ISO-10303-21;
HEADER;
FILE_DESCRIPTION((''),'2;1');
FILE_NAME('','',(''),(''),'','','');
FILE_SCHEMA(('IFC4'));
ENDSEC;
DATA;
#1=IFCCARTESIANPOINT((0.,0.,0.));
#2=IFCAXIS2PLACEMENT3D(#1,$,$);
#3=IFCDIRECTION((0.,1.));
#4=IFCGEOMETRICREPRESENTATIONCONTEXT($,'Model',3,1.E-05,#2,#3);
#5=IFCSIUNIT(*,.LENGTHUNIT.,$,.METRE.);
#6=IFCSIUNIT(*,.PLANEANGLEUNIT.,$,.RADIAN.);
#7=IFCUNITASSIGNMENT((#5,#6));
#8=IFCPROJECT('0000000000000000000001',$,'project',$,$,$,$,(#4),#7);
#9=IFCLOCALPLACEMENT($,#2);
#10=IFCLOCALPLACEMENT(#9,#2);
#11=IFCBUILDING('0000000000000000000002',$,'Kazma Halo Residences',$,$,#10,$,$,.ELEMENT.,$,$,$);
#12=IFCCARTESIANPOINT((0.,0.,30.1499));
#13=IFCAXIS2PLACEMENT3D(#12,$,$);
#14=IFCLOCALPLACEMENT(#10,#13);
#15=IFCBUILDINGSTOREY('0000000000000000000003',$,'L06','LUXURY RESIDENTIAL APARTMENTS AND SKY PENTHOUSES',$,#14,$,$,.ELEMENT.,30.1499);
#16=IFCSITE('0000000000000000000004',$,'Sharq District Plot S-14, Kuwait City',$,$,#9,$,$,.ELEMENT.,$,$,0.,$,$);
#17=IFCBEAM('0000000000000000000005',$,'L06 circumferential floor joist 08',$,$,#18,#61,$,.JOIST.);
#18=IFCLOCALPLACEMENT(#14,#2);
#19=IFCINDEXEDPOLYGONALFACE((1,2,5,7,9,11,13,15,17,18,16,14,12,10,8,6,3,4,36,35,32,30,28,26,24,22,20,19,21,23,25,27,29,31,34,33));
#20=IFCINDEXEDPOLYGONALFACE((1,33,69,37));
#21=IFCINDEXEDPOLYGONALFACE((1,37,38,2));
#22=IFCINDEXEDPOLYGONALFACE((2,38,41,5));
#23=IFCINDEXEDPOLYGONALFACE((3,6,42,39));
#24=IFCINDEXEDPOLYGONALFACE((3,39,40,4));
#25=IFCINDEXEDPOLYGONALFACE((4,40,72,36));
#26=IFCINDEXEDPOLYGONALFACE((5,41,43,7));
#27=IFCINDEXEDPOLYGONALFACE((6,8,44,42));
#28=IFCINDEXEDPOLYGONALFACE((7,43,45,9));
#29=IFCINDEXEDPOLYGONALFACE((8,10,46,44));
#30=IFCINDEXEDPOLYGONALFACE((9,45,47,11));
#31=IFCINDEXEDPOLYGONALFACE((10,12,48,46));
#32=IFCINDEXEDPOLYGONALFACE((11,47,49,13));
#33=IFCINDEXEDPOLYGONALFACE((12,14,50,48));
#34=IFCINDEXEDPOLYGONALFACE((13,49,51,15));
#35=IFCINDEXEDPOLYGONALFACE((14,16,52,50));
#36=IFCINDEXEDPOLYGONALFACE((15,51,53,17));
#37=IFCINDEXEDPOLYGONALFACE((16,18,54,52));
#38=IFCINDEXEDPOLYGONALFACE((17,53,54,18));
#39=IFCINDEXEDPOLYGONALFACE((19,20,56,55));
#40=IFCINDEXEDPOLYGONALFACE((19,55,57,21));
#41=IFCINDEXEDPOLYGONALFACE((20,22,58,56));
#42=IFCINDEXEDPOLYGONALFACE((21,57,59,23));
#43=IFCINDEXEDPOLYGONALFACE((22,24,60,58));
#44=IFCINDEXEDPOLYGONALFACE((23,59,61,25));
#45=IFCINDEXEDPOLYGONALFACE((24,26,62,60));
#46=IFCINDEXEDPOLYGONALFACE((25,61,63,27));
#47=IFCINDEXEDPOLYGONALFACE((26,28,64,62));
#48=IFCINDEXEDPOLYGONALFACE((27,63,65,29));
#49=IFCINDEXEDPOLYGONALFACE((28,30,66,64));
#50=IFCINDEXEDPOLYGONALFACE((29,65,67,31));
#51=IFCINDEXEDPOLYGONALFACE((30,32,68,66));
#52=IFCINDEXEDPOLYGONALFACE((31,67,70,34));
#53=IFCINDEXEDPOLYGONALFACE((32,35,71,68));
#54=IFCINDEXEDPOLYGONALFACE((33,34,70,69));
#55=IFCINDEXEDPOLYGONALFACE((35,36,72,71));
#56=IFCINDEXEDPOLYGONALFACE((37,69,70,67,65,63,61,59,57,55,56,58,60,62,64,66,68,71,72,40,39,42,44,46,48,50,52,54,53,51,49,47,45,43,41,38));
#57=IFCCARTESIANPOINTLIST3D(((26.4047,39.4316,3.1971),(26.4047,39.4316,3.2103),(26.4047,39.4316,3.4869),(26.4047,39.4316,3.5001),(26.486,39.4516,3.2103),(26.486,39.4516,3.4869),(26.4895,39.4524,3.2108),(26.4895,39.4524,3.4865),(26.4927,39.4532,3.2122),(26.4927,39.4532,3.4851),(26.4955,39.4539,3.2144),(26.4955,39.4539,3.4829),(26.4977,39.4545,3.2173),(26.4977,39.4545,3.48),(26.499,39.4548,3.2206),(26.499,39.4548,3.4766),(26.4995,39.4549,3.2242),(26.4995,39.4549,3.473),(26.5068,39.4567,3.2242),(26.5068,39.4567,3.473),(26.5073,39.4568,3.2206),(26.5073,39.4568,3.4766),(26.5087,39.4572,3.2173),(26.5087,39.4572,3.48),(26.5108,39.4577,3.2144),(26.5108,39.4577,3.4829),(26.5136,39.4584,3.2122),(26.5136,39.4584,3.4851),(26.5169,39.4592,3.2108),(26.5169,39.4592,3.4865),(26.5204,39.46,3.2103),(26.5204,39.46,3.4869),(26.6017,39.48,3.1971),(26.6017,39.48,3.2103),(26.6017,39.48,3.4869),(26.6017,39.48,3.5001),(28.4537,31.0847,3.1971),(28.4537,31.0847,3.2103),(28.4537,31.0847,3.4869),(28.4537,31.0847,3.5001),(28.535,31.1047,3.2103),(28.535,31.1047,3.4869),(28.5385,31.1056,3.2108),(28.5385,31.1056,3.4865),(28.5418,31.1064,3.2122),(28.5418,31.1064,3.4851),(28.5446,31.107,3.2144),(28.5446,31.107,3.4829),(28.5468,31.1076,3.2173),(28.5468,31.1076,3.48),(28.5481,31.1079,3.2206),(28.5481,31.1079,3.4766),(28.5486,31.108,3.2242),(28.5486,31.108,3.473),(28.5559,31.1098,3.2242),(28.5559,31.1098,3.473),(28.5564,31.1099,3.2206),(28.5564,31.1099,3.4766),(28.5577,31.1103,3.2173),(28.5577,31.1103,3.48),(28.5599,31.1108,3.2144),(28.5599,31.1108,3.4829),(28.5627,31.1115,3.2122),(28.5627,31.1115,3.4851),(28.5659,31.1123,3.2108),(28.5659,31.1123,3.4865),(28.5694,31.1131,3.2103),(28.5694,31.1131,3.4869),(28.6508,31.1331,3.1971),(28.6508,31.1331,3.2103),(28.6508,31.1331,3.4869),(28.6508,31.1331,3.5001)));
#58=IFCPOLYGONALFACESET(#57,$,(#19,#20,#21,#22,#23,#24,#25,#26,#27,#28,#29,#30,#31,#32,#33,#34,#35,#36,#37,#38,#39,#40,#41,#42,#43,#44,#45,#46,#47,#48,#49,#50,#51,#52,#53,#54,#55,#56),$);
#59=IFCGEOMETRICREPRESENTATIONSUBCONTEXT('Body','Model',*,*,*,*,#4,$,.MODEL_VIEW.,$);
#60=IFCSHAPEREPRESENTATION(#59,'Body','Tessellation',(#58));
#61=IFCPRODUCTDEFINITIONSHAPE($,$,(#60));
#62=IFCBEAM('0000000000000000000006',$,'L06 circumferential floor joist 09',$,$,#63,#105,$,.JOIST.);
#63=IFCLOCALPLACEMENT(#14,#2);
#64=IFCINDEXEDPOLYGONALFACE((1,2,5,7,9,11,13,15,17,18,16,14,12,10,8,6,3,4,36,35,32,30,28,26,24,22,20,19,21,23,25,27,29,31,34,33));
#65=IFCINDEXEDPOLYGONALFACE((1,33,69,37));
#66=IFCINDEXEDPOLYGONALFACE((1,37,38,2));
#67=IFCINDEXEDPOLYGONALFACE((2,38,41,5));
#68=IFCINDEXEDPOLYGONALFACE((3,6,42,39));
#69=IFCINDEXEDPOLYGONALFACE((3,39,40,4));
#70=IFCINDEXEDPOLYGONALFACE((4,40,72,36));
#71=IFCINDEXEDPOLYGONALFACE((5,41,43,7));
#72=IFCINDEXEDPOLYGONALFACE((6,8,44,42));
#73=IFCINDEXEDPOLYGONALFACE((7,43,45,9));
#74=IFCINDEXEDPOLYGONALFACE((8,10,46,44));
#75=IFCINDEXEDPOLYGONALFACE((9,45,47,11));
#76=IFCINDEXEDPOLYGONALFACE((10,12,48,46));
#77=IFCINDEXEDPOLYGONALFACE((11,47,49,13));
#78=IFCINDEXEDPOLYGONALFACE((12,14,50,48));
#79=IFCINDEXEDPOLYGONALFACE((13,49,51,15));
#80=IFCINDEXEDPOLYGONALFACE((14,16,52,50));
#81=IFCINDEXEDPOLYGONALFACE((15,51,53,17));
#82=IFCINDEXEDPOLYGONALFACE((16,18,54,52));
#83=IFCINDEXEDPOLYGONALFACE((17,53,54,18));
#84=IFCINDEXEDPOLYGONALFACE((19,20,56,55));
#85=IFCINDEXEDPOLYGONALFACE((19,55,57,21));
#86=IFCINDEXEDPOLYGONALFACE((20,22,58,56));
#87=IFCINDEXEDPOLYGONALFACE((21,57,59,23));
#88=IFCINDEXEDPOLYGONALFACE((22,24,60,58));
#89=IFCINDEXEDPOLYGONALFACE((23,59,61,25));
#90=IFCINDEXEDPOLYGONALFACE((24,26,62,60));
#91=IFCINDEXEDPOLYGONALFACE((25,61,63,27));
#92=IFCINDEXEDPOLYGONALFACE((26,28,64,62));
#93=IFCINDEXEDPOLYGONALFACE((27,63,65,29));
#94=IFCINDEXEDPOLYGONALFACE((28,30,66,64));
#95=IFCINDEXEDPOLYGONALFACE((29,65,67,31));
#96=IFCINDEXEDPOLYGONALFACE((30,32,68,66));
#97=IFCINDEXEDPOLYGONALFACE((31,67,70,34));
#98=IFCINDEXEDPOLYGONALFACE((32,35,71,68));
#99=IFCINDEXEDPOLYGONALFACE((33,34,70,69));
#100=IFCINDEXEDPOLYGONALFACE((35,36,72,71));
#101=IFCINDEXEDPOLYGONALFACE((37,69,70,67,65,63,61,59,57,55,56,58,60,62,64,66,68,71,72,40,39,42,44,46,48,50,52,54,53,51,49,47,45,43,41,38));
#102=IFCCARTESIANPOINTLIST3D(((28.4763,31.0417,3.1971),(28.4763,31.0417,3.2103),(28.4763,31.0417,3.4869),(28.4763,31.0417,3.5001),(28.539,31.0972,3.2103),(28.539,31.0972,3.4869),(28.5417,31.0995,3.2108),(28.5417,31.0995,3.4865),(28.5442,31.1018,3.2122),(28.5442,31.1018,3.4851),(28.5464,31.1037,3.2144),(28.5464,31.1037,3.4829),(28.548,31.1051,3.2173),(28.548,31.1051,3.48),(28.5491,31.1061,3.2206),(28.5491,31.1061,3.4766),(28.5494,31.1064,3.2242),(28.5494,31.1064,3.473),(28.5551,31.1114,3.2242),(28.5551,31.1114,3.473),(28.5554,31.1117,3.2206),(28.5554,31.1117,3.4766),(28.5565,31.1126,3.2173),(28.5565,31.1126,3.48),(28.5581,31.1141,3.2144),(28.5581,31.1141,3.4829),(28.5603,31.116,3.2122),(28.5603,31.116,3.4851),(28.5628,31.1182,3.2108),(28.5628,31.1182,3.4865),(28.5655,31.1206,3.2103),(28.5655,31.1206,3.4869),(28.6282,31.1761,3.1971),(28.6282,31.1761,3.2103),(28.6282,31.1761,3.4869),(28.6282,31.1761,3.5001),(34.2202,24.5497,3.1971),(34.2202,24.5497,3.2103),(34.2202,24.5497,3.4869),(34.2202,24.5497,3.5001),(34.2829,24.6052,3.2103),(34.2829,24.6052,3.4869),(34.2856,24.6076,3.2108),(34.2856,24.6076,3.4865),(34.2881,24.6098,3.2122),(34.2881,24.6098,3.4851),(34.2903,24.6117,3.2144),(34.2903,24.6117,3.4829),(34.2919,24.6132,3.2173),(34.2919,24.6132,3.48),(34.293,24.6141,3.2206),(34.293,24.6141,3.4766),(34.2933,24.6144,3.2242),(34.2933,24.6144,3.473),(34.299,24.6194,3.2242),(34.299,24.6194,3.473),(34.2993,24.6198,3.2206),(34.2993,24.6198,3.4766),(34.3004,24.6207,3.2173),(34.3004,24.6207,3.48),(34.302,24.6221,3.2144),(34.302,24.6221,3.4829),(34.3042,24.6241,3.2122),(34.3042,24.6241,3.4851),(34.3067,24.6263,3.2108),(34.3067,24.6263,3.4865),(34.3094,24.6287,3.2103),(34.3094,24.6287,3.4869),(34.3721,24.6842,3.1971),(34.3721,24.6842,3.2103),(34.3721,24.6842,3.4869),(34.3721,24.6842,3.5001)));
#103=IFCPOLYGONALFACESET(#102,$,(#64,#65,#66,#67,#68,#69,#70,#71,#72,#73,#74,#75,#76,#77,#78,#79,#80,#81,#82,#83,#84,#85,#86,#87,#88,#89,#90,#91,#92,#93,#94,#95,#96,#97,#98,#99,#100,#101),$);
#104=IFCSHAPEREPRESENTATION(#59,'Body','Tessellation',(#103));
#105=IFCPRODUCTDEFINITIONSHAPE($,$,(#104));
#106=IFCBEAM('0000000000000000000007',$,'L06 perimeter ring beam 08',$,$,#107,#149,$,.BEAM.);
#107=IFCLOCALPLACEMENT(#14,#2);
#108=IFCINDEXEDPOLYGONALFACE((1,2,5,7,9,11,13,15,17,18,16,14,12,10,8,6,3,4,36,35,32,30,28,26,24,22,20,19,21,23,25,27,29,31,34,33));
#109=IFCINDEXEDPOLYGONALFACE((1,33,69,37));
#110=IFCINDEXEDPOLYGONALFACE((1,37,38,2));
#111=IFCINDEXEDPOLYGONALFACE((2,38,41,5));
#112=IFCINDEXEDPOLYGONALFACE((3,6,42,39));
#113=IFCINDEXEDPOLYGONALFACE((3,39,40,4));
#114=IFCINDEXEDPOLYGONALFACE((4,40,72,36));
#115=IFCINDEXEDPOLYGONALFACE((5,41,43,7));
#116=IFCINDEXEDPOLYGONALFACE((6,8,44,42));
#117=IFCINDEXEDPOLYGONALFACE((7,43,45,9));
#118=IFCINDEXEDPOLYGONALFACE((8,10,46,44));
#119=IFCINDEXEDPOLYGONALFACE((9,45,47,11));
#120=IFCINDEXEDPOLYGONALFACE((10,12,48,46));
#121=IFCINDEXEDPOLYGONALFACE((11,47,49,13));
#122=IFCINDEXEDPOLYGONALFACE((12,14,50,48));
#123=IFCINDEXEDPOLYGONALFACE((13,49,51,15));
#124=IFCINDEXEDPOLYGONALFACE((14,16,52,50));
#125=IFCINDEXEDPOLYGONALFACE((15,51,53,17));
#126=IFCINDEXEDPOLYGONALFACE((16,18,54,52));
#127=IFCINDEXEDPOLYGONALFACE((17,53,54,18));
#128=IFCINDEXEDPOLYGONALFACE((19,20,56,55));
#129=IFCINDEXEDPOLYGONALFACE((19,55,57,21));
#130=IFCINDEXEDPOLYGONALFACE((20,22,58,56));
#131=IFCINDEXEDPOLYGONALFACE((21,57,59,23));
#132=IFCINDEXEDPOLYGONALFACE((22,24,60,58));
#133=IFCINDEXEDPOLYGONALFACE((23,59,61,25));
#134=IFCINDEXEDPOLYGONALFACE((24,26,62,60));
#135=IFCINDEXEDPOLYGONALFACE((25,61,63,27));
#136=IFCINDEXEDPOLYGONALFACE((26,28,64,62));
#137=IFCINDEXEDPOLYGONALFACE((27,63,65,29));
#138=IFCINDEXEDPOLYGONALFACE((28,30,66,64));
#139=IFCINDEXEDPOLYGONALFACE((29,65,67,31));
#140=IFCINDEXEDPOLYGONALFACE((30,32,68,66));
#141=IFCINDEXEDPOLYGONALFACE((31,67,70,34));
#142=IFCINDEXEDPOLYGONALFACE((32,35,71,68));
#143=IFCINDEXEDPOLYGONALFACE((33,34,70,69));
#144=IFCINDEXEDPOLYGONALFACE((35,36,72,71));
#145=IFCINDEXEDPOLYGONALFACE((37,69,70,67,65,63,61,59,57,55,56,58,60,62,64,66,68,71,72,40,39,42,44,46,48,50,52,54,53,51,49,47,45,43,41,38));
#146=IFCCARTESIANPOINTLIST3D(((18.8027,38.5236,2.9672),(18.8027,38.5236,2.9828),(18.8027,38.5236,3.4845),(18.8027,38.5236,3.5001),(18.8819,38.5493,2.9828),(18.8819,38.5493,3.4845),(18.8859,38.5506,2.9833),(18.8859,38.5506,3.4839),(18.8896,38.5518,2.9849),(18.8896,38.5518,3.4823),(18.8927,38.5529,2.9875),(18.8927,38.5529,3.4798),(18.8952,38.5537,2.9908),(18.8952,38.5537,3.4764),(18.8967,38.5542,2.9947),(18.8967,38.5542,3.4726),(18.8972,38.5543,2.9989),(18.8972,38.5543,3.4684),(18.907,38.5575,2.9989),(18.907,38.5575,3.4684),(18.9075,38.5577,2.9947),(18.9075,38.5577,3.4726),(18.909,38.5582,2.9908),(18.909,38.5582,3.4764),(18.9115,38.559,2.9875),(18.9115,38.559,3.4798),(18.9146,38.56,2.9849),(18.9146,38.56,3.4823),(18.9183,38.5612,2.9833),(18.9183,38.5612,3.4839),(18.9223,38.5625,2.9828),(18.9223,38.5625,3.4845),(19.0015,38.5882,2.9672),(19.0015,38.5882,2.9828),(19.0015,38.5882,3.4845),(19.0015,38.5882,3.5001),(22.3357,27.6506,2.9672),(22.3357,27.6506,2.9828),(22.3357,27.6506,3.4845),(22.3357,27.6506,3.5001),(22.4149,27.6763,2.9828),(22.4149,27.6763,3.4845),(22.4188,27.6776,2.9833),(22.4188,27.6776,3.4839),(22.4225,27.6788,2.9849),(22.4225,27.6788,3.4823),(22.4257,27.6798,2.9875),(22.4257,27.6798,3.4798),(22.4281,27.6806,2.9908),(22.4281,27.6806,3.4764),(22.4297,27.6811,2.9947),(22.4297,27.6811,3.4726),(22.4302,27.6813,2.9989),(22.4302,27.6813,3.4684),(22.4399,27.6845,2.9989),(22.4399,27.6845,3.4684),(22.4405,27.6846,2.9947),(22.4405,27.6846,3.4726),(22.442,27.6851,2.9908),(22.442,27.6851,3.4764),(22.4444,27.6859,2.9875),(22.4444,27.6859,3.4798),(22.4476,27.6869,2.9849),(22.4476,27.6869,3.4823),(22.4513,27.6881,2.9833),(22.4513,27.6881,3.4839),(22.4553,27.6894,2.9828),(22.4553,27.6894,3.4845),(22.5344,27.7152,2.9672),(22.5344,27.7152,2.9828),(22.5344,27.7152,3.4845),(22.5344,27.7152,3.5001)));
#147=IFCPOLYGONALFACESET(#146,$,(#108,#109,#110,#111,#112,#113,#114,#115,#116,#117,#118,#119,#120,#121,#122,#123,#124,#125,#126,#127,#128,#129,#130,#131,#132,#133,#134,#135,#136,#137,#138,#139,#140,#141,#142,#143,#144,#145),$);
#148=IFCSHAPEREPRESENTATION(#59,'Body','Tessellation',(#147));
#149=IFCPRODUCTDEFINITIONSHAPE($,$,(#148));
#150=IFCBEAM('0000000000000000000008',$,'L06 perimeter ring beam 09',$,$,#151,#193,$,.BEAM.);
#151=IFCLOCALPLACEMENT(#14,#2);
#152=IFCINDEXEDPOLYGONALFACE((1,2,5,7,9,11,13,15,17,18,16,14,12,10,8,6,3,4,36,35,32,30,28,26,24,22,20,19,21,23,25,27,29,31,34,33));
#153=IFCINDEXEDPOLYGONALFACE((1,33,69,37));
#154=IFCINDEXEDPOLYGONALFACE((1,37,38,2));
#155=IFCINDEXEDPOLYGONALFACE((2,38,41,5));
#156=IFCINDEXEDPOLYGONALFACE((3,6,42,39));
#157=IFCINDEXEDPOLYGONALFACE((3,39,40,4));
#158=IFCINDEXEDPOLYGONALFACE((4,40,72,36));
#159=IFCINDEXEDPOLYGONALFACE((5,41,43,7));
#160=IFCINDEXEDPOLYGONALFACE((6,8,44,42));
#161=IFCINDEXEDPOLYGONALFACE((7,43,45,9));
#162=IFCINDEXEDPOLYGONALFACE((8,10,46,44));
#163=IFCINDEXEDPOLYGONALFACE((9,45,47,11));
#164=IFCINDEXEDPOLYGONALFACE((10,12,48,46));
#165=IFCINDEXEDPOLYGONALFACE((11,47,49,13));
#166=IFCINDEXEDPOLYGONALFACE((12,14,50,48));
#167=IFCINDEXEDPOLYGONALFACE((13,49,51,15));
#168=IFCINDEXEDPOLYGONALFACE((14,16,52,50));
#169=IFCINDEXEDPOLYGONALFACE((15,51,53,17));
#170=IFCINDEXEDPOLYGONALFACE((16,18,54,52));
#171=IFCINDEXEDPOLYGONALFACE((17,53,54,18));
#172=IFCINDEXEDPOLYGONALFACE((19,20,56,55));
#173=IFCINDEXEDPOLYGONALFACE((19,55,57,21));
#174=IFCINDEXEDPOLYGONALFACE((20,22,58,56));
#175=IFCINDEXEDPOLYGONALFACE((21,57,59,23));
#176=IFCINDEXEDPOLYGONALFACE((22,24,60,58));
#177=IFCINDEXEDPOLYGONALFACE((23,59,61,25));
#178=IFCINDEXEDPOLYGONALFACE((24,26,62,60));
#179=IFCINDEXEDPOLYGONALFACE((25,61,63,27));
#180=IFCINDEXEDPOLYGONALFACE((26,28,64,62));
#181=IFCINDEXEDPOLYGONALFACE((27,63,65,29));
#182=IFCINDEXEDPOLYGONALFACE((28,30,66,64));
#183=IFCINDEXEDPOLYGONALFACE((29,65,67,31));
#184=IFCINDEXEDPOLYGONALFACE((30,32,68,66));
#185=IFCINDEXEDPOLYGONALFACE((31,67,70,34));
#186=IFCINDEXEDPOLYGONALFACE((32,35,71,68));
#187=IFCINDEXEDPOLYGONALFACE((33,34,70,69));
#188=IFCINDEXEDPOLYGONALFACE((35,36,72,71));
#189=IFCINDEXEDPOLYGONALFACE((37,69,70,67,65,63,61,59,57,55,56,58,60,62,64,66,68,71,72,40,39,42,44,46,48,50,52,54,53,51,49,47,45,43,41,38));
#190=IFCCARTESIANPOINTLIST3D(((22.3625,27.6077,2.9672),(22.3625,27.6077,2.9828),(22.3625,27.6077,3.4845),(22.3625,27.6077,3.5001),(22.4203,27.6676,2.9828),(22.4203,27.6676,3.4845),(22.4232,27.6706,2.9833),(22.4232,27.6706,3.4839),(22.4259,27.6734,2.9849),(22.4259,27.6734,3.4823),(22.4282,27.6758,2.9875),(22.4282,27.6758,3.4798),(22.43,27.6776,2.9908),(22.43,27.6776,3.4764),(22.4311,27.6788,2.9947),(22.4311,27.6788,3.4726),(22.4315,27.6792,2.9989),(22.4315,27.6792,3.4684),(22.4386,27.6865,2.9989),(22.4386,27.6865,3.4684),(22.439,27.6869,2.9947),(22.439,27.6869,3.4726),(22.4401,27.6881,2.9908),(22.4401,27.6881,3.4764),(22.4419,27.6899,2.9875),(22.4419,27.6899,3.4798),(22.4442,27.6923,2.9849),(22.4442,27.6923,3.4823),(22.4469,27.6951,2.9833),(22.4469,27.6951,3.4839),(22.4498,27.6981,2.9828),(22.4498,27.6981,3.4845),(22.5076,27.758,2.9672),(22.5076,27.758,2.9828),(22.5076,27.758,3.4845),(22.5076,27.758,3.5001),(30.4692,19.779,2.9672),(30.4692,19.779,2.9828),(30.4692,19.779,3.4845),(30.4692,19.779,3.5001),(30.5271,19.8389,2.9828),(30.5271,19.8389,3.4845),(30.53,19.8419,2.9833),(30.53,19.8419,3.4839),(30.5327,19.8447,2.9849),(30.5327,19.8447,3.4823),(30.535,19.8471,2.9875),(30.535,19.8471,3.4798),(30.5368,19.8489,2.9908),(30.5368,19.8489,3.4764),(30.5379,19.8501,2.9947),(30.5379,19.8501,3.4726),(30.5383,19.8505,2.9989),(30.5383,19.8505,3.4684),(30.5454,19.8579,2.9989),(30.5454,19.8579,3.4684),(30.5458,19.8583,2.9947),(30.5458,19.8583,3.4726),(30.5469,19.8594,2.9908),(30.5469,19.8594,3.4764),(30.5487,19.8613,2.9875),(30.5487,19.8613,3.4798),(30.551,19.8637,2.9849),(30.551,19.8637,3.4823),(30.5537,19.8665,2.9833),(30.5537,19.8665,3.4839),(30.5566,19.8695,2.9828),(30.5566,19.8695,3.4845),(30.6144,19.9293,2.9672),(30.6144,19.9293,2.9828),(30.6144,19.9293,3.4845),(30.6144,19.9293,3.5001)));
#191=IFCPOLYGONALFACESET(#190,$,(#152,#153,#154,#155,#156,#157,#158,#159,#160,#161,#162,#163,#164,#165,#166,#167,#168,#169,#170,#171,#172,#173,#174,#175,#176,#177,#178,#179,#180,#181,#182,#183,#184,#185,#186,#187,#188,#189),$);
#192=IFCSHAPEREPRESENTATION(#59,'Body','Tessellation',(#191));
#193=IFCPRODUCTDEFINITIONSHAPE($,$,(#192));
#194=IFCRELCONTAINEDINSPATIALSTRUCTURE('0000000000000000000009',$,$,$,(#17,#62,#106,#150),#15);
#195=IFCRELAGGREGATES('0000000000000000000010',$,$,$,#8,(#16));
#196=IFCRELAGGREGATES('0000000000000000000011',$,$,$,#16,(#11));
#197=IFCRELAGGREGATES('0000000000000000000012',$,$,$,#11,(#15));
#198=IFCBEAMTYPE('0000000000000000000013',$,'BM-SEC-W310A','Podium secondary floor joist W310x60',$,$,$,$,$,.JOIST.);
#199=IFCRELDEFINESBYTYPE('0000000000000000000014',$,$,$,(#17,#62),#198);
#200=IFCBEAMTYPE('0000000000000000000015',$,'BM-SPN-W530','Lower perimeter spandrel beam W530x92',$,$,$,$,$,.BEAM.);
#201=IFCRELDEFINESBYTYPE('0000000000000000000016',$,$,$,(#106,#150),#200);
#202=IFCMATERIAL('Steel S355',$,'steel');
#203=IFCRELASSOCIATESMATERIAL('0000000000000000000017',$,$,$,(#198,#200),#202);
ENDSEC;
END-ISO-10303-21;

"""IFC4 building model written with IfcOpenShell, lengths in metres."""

from ifc_helpers import new_model, si_unit, direction, frame, origin, origin_2d, place, context, subcontext, project, spatial, i_section, extrude, material, material_profile, profile_set, type_object, element, save


model = new_model("IFC4")

# Units and contexts
model_context = context("Model", 3, precision=1e-05, world=origin(), true_north=direction((0.0, 1.0)))
body_context = subcontext(model_context, "Body", "Model", "MODEL_VIEW")
ifc_project = project(units=[si_unit("LENGTHUNIT", "METRE"), si_unit("PLANEANGLEUNIT", "RADIAN")], contexts=[model_context])

# Site, building, storey
site_placement = place(None, origin())
site = spatial("IfcSite", under=ifc_project, at=site_placement, Name="Sharq District Plot S-14, Kuwait City", CompositionType="ELEMENT", RefElevation=0.0)
building_placement = place(site_placement, origin())
building = spatial("IfcBuilding", under=site, at=building_placement, Name="Kazma Halo Residences", CompositionType="ELEMENT")
storey_placement = place(building_placement, frame((0.0, 0.0, 30.1499)))
storey = spatial("IfcBuildingStorey", under=building, at=storey_placement, Name="L06", Description="LUXURY RESIDENTIAL APARTMENTS AND SKY PENTHOUSES", CompositionType="ELEMENT", Elevation=30.1499)

# Beams
ifc_material_1 = material(Name="Steel S355", Category="steel")
ifc_material_profile_1 = material_profile(ifc_material_1, i_section(OverallWidth=0.2029, OverallDepth=0.303, WebThickness=0.0076, FlangeThickness=0.0132, FilletRadius=0.0139, at=origin_2d()), Name="W310x60")
ifc_profile_set_1 = profile_set([ifc_material_profile_1], Name="Steel S355")
beam_type_1 = type_object("IfcBeamType", Name="BM-SEC-W310A", Description="Podium secondary floor joist W310x60", PredefinedType="JOIST", material=ifc_profile_set_1)
beam_1_placement = place(storey_placement, frame((26.5032, 39.4558, 3.3486), z_axis=(0.23841, -0.971165, 0.0), x_axis=(0.971165, 0.23841, 0.0)))
element("IfcBeam", 1, at=beam_1_placement, inside=storey, type_object=beam_type_1, Name="L06 circumferential floor joist 08", PredefinedType="JOIST", context=body_context, shape_type="SweptSolid", body=[
    extrude(i_section(OverallWidth=0.2029, OverallDepth=0.303, WebThickness=0.0076, FlangeThickness=0.0132, FilletRadius=0.0139, at=origin_2d()), origin(), (0.0, 0.0, 1.0), 8.5947),
])
beam_2_placement = place(storey_placement, frame((28.5522, 31.1089, 3.3486), z_axis=(0.66264, -0.748938, 0.0), x_axis=(0.748938, 0.66264, 0.0)))
element("IfcBeam", 2, at=beam_2_placement, inside=storey, type_object=beam_type_1, Name="L06 circumferential floor joist 09", PredefinedType="JOIST", context=body_context, shape_type="SweptSolid", body=[
    extrude(i_section(OverallWidth=0.2029, OverallDepth=0.303, WebThickness=0.0076, FlangeThickness=0.0132, FilletRadius=0.0139, at=origin_2d()), origin(), (0.0, 0.0, 1.0), 8.6682),
])
ifc_material_profile_2 = material_profile(ifc_material_1, i_section(OverallWidth=0.209, OverallDepth=0.533, WebThickness=0.0103, FlangeThickness=0.0156, FilletRadius=0.0161, at=origin_2d()), Name="W530x92")
ifc_profile_set_2 = profile_set([ifc_material_profile_2], Name="Steel S355")
beam_type_2 = type_object("IfcBeamType", Name="BM-SPN-W530", Description="Lower perimeter spandrel beam W530x92", PredefinedType="BEAM", material=ifc_profile_set_2)
beam_3_placement = place(storey_placement, frame((18.9021, 38.5559, 3.2336), z_axis=(0.309024, -0.951054, 0.0), x_axis=(0.951054, 0.309024, 0.0)))
element("IfcBeam", 3, at=beam_3_placement, inside=storey, type_object=beam_type_2, Name="L06 perimeter ring beam 08", PredefinedType="BEAM", context=body_context, shape_type="SweptSolid", body=[
    extrude(i_section(OverallWidth=0.209, OverallDepth=0.533, WebThickness=0.0103, FlangeThickness=0.0156, FilletRadius=0.0161, at=origin_2d()), origin(), (0.0, 0.0, 1.0), 11.4326),
])
beam_4_placement = place(storey_placement, frame((22.4351, 27.6829, 3.2336), z_axis=(0.719337, -0.694662, 0.0), x_axis=(0.694662, 0.719337, 0.0)))
element("IfcBeam", 4, at=beam_4_placement, inside=storey, type_object=beam_type_2, Name="L06 perimeter ring beam 09", PredefinedType="BEAM", context=body_context, shape_type="SweptSolid", body=[
    extrude(i_section(OverallWidth=0.209, OverallDepth=0.533, WebThickness=0.0103, FlangeThickness=0.0156, FilletRadius=0.0161, at=origin_2d()), origin(), (0.0, 0.0, 1.0), 11.2698),
])

save(model, "model.ifc")
